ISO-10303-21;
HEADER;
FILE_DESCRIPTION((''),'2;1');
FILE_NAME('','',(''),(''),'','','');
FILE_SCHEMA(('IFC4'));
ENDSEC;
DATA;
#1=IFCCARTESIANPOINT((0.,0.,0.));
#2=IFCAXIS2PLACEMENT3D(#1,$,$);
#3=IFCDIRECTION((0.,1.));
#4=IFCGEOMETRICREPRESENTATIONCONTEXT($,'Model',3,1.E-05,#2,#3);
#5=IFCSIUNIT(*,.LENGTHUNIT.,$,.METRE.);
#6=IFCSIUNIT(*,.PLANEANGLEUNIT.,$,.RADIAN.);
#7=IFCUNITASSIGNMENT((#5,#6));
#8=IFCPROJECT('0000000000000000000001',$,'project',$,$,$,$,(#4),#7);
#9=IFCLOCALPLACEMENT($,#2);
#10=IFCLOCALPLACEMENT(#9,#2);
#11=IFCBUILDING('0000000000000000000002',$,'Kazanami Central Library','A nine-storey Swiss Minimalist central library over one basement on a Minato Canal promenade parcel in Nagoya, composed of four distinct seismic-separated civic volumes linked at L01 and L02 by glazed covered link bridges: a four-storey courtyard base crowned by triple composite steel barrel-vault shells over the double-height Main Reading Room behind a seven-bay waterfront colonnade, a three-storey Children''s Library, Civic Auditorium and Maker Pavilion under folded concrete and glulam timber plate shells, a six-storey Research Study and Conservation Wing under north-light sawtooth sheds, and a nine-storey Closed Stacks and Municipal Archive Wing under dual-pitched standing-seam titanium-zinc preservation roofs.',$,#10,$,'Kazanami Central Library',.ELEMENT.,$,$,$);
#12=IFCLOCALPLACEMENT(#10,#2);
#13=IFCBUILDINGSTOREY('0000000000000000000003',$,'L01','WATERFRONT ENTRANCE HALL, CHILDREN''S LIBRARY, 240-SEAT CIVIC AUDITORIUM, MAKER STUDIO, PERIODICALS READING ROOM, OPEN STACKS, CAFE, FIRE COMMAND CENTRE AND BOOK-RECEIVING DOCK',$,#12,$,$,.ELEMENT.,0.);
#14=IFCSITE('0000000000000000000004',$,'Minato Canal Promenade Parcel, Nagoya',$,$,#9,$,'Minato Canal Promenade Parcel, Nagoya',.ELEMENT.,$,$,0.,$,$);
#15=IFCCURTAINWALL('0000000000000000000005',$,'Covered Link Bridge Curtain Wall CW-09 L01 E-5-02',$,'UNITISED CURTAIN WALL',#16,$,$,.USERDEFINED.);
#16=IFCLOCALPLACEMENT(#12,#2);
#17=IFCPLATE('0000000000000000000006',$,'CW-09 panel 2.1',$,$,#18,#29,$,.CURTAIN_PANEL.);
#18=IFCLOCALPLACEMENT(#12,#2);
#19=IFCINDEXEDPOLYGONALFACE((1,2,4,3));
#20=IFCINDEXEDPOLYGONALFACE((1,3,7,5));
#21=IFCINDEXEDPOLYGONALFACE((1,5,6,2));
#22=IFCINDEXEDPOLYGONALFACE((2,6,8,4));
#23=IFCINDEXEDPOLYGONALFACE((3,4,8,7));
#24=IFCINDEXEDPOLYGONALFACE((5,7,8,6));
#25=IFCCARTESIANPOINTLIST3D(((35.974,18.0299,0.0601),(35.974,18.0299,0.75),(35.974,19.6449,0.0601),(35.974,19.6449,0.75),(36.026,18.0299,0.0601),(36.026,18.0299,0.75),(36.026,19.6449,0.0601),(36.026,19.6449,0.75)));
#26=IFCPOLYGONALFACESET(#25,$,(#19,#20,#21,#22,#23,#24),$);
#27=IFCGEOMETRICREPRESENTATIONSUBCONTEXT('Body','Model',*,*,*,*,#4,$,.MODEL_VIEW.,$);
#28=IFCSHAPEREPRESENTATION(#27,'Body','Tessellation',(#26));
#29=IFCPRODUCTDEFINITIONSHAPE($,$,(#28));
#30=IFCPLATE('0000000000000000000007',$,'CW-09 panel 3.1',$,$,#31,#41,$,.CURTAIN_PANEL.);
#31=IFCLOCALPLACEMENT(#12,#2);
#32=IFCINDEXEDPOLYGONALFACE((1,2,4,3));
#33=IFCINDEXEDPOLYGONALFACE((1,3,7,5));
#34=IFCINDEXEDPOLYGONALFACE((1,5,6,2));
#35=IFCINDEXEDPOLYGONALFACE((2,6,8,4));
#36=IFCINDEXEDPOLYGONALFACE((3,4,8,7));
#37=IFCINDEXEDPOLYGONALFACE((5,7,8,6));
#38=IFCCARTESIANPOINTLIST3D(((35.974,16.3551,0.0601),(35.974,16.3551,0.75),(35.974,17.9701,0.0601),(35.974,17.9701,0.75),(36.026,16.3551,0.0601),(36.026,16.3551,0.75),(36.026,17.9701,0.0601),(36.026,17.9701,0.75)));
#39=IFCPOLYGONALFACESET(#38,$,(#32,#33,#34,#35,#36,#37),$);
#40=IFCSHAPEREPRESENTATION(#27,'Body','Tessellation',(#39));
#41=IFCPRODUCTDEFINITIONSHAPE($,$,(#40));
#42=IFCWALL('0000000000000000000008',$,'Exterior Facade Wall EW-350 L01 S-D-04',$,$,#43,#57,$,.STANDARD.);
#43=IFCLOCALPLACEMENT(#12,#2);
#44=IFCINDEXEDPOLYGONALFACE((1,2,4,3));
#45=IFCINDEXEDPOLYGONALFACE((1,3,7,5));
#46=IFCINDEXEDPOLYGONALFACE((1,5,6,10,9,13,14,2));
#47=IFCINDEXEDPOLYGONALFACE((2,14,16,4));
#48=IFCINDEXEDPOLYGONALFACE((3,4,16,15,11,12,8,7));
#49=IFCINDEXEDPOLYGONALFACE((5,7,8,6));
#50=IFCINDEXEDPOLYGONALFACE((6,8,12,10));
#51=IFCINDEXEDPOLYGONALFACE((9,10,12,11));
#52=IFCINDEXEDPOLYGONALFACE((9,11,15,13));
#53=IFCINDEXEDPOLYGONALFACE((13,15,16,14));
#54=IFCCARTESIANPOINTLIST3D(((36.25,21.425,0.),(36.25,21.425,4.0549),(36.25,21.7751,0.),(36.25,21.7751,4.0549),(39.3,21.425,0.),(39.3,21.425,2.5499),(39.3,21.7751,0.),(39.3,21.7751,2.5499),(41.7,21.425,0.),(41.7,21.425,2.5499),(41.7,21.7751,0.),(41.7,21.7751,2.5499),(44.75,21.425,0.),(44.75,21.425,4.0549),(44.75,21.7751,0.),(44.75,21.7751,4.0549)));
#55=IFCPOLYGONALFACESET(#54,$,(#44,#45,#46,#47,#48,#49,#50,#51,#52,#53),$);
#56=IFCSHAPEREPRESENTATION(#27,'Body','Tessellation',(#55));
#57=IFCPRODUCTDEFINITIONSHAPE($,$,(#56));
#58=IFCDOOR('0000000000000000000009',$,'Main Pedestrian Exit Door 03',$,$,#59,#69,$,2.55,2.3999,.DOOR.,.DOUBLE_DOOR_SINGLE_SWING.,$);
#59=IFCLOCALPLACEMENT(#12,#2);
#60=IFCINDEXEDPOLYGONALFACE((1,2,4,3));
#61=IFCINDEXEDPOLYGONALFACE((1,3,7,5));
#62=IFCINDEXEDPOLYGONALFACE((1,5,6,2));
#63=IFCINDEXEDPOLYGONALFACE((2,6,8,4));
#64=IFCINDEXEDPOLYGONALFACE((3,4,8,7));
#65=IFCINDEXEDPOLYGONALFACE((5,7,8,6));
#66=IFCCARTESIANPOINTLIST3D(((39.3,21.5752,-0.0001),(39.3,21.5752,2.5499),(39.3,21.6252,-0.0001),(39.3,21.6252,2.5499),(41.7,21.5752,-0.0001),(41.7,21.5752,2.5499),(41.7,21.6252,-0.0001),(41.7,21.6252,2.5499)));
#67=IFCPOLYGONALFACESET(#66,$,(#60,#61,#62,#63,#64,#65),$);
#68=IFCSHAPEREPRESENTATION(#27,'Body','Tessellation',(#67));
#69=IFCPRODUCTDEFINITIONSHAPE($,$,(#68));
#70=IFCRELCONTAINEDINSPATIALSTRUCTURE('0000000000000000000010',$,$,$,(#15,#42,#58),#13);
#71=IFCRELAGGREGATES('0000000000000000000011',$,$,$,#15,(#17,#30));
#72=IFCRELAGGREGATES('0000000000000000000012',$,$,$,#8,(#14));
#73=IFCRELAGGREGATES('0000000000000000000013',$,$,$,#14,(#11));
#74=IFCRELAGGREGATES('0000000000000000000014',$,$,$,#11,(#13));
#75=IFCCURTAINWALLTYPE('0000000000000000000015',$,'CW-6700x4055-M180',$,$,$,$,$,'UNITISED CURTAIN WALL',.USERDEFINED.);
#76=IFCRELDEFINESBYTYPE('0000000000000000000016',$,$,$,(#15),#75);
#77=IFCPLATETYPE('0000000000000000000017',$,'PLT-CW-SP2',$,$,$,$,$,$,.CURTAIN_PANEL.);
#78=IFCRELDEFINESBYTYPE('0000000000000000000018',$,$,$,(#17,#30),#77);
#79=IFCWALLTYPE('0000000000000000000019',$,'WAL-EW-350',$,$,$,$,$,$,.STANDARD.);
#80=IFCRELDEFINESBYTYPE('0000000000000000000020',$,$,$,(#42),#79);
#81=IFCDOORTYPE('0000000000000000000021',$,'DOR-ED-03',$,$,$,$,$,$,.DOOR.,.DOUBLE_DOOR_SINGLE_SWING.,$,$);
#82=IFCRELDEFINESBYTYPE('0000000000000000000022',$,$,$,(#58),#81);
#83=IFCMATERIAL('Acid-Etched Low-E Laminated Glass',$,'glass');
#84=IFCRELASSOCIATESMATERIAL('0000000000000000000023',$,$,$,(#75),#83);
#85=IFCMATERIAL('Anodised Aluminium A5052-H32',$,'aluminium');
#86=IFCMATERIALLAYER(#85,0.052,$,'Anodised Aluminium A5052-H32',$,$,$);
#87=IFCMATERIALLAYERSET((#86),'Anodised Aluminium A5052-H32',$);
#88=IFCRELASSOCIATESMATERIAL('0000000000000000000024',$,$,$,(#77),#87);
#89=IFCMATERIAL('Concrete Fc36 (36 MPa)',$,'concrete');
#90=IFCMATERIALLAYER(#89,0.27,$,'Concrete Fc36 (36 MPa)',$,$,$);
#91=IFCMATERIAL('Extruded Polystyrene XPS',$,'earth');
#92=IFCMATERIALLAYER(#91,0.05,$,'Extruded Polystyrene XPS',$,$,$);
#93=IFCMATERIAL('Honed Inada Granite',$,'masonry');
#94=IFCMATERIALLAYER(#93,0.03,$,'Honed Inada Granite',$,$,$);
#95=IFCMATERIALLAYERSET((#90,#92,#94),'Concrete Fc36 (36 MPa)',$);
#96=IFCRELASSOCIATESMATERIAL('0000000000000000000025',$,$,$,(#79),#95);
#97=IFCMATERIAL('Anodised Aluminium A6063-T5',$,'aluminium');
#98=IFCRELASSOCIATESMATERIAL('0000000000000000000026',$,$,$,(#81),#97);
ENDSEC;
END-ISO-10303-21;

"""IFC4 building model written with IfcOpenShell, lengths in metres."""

from ifc_helpers import new_model, si_unit, direction, frame, frame_2d, origin, origin_2d, place, context, subcontext, project, spatial, rectangle, extrude, material, layer, layer_set, type_object, element, fill, aggregate, save


model = new_model("IFC4")

# Units and contexts
model_context = context("Model", 3, precision=1e-05, world=origin(), true_north=direction((0.0, 1.0)))
body_context = subcontext(model_context, "Body", "Model", "MODEL_VIEW")
ifc_project = project(units=[si_unit("LENGTHUNIT", "METRE"), si_unit("PLANEANGLEUNIT", "RADIAN")], contexts=[model_context])

# Site, building, storey
site_placement = place(None, origin())
site = spatial("IfcSite", under=ifc_project, at=site_placement, Name="Minato Canal Promenade Parcel, Nagoya", LongName="Minato Canal Promenade Parcel, Nagoya", CompositionType="ELEMENT", RefElevation=0.0)
building_placement = place(site_placement, origin())
building = spatial("IfcBuilding", under=site, at=building_placement, Name="Kazanami Central Library", Description="A nine-storey Swiss Minimalist central library over one basement on a Minato Canal promenade parcel in Nagoya, composed of four distinct seismic-separated civic volumes linked at L01 and L02 by glazed covered link bridges: a four-storey courtyard base crowned by triple composite steel barrel-vault shells over the double-height Main Reading Room behind a seven-bay waterfront colonnade, a three-storey Children's Library, Civic Auditorium and Maker Pavilion under folded concrete and glulam timber plate shells, a six-storey Research Study and Conservation Wing under north-light sawtooth sheds, and a nine-storey Closed Stacks and Municipal Archive Wing under dual-pitched standing-seam titanium-zinc preservation roofs.", LongName="Kazanami Central Library", CompositionType="ELEMENT")
storey_placement = place(building_placement, origin())
storey = spatial("IfcBuildingStorey", under=building, at=storey_placement, Name="L01", Description="WATERFRONT ENTRANCE HALL, CHILDREN'S LIBRARY, 240-SEAT CIVIC AUDITORIUM, MAKER STUDIO, PERIODICALS READING ROOM, OPEN STACKS, CAFE, FIRE COMMAND CENTRE AND BOOK-RECEIVING DOCK", CompositionType="ELEMENT", Elevation=0.0)

# Shared definitions
ifc_material_1 = material(Name="Acid-Etched Low-E Laminated Glass", Category="glass")
ifc_material_2 = material(Name="Anodised Aluminium A6063-T5", Category="aluminium")

# Curtain wall
curtain_wall_type_1 = type_object("IfcCurtainWallType", Name="CW-6700x4055-M180", ElementType="UNITISED CURTAIN WALL", PredefinedType="USERDEFINED", material=ifc_material_1)
curtain_wall_1_placement = place(storey_placement, origin())
curtain_wall_1 = element("IfcCurtainWall", 1, at=curtain_wall_1_placement, inside=storey, type_object=curtain_wall_type_1, Name="Covered Link Bridge Curtain Wall CW-09 L01 E-5-02", ObjectType="UNITISED CURTAIN WALL", PredefinedType="USERDEFINED")

# Plates
ifc_material_3 = material(Name="Anodised Aluminium A5052-H32", Category="aluminium")
ifc_layer_1 = layer(ifc_material_3, 0.052, Name="Anodised Aluminium A5052-H32")
ifc_layer_set_1 = layer_set([ifc_layer_1], Name="Anodised Aluminium A5052-H32")
plate_type_1 = type_object("IfcPlateType", Name="PLT-CW-SP2", PredefinedType="CURTAIN_PANEL", material=ifc_layer_set_1)
plate_1_placement = place(storey_placement, frame((36.0, 18.8374, 0.0601), z_axis=(0.0, 0.0, 1.0), x_axis=(0.0, -1.0, 0.0)))
plate_1 = element("IfcPlate", 2, at=plate_1_placement, type_object=plate_type_1, Name="CW-09 panel 2.1", PredefinedType="CURTAIN_PANEL", context=body_context, shape_type="SweptSolid", body=[
    extrude(rectangle(XDim=1.615, YDim=0.052, at=origin_2d()), origin(), (0.0, 0.0, 1.0), 0.6899),
])
plate_2_placement = place(storey_placement, frame((36.0, 17.1626, 0.0601), z_axis=(0.0, 0.0, 1.0), x_axis=(0.0, -1.0, 0.0)))
plate_2 = element("IfcPlate", 3, at=plate_2_placement, type_object=plate_type_1, Name="CW-09 panel 3.1", PredefinedType="CURTAIN_PANEL", context=body_context, shape_type="SweptSolid", body=[
    extrude(rectangle(XDim=1.615, YDim=0.052, at=origin_2d()), origin(), (0.0, 0.0, 1.0), 0.6899),
])
aggregate(curtain_wall_1, [plate_1, plate_2])

# Wall, opening, door
ifc_material_4 = material(Name="Concrete Fc36 (36 MPa)", Category="concrete")
ifc_layer_2 = layer(ifc_material_4, 0.27, Name="Concrete Fc36 (36 MPa)")
ifc_material_5 = material(Name="Extruded Polystyrene XPS", Category="earth")
ifc_layer_3 = layer(ifc_material_5, 0.05, Name="Extruded Polystyrene XPS")
ifc_material_6 = material(Name="Honed Inada Granite", Category="masonry")
ifc_layer_4 = layer(ifc_material_6, 0.03, Name="Honed Inada Granite")
ifc_layer_set_2 = layer_set([ifc_layer_2, ifc_layer_3, ifc_layer_4], Name="Concrete Fc36 (36 MPa)")
wall_type = type_object("IfcWallType", Name="WAL-EW-350", PredefinedType="STANDARD", material=ifc_layer_set_2)
wall_placement = place(storey_placement, frame((36.25, 21.6001, 0.0), z_axis=(0.0, 0.0, 1.0), x_axis=(1.0, 0.0, 0.0)))
wall = element("IfcWall", 4, at=wall_placement, inside=storey, type_object=wall_type, Name="Exterior Facade Wall EW-350 L01 S-D-04", PredefinedType="STANDARD", context=body_context, shape_type="SweptSolid", body=[
    extrude(rectangle(XDim=8.5, YDim=0.3501, at=frame_2d((4.25, 0.0))), origin(), (0.0, 0.0, 1.0), 4.0549),
])
opening_placement = place(wall_placement, frame((3.05, 0.0, 0.0)))
opening = element("IfcOpeningElement", 5, at=opening_placement, cuts=wall, PredefinedType="OPENING", context=body_context, shape_type="SweptSolid", body=[
    extrude(rectangle(XDim=2.3999, YDim=2.55, at=frame_2d((1.2, 1.2749))), frame((0.0, 0.187, 0.0), z_axis=(0.0, -1.0, 0.0), x_axis=(1.0, 0.0, 0.0)), (0.0, 0.0, 1.0), 0.374),
])
door_type = type_object("IfcDoorType", Name="DOR-ED-03", OperationType="DOUBLE_DOOR_SINGLE_SWING", PredefinedType="DOOR", material=ifc_material_2)
door_placement = place(opening_placement, frame((2.3999, 0.0, 0.0), z_axis=(0.0, 0.0, 1.0), x_axis=(-1.0, 0.0, 0.0)))
door = element("IfcDoor", 6, at=door_placement, inside=storey, type_object=door_type, Name="Main Pedestrian Exit Door 03", OperationType="DOUBLE_DOOR_SINGLE_SWING", OverallHeight=2.55, OverallWidth=2.3999, PredefinedType="DOOR", context=body_context, shape_type="SweptSolid", body=[
    extrude(rectangle(XDim=2.3999, YDim=2.55, at=frame_2d((1.2, 1.2749))), frame((0.0, 0.0249, 0.0), z_axis=(0.0, -1.0, 0.0), x_axis=(1.0, 0.0, 0.0)), (0.0, 0.0, 1.0), 0.05),
])
fill(opening, door)

save(model, "model.ifc")
